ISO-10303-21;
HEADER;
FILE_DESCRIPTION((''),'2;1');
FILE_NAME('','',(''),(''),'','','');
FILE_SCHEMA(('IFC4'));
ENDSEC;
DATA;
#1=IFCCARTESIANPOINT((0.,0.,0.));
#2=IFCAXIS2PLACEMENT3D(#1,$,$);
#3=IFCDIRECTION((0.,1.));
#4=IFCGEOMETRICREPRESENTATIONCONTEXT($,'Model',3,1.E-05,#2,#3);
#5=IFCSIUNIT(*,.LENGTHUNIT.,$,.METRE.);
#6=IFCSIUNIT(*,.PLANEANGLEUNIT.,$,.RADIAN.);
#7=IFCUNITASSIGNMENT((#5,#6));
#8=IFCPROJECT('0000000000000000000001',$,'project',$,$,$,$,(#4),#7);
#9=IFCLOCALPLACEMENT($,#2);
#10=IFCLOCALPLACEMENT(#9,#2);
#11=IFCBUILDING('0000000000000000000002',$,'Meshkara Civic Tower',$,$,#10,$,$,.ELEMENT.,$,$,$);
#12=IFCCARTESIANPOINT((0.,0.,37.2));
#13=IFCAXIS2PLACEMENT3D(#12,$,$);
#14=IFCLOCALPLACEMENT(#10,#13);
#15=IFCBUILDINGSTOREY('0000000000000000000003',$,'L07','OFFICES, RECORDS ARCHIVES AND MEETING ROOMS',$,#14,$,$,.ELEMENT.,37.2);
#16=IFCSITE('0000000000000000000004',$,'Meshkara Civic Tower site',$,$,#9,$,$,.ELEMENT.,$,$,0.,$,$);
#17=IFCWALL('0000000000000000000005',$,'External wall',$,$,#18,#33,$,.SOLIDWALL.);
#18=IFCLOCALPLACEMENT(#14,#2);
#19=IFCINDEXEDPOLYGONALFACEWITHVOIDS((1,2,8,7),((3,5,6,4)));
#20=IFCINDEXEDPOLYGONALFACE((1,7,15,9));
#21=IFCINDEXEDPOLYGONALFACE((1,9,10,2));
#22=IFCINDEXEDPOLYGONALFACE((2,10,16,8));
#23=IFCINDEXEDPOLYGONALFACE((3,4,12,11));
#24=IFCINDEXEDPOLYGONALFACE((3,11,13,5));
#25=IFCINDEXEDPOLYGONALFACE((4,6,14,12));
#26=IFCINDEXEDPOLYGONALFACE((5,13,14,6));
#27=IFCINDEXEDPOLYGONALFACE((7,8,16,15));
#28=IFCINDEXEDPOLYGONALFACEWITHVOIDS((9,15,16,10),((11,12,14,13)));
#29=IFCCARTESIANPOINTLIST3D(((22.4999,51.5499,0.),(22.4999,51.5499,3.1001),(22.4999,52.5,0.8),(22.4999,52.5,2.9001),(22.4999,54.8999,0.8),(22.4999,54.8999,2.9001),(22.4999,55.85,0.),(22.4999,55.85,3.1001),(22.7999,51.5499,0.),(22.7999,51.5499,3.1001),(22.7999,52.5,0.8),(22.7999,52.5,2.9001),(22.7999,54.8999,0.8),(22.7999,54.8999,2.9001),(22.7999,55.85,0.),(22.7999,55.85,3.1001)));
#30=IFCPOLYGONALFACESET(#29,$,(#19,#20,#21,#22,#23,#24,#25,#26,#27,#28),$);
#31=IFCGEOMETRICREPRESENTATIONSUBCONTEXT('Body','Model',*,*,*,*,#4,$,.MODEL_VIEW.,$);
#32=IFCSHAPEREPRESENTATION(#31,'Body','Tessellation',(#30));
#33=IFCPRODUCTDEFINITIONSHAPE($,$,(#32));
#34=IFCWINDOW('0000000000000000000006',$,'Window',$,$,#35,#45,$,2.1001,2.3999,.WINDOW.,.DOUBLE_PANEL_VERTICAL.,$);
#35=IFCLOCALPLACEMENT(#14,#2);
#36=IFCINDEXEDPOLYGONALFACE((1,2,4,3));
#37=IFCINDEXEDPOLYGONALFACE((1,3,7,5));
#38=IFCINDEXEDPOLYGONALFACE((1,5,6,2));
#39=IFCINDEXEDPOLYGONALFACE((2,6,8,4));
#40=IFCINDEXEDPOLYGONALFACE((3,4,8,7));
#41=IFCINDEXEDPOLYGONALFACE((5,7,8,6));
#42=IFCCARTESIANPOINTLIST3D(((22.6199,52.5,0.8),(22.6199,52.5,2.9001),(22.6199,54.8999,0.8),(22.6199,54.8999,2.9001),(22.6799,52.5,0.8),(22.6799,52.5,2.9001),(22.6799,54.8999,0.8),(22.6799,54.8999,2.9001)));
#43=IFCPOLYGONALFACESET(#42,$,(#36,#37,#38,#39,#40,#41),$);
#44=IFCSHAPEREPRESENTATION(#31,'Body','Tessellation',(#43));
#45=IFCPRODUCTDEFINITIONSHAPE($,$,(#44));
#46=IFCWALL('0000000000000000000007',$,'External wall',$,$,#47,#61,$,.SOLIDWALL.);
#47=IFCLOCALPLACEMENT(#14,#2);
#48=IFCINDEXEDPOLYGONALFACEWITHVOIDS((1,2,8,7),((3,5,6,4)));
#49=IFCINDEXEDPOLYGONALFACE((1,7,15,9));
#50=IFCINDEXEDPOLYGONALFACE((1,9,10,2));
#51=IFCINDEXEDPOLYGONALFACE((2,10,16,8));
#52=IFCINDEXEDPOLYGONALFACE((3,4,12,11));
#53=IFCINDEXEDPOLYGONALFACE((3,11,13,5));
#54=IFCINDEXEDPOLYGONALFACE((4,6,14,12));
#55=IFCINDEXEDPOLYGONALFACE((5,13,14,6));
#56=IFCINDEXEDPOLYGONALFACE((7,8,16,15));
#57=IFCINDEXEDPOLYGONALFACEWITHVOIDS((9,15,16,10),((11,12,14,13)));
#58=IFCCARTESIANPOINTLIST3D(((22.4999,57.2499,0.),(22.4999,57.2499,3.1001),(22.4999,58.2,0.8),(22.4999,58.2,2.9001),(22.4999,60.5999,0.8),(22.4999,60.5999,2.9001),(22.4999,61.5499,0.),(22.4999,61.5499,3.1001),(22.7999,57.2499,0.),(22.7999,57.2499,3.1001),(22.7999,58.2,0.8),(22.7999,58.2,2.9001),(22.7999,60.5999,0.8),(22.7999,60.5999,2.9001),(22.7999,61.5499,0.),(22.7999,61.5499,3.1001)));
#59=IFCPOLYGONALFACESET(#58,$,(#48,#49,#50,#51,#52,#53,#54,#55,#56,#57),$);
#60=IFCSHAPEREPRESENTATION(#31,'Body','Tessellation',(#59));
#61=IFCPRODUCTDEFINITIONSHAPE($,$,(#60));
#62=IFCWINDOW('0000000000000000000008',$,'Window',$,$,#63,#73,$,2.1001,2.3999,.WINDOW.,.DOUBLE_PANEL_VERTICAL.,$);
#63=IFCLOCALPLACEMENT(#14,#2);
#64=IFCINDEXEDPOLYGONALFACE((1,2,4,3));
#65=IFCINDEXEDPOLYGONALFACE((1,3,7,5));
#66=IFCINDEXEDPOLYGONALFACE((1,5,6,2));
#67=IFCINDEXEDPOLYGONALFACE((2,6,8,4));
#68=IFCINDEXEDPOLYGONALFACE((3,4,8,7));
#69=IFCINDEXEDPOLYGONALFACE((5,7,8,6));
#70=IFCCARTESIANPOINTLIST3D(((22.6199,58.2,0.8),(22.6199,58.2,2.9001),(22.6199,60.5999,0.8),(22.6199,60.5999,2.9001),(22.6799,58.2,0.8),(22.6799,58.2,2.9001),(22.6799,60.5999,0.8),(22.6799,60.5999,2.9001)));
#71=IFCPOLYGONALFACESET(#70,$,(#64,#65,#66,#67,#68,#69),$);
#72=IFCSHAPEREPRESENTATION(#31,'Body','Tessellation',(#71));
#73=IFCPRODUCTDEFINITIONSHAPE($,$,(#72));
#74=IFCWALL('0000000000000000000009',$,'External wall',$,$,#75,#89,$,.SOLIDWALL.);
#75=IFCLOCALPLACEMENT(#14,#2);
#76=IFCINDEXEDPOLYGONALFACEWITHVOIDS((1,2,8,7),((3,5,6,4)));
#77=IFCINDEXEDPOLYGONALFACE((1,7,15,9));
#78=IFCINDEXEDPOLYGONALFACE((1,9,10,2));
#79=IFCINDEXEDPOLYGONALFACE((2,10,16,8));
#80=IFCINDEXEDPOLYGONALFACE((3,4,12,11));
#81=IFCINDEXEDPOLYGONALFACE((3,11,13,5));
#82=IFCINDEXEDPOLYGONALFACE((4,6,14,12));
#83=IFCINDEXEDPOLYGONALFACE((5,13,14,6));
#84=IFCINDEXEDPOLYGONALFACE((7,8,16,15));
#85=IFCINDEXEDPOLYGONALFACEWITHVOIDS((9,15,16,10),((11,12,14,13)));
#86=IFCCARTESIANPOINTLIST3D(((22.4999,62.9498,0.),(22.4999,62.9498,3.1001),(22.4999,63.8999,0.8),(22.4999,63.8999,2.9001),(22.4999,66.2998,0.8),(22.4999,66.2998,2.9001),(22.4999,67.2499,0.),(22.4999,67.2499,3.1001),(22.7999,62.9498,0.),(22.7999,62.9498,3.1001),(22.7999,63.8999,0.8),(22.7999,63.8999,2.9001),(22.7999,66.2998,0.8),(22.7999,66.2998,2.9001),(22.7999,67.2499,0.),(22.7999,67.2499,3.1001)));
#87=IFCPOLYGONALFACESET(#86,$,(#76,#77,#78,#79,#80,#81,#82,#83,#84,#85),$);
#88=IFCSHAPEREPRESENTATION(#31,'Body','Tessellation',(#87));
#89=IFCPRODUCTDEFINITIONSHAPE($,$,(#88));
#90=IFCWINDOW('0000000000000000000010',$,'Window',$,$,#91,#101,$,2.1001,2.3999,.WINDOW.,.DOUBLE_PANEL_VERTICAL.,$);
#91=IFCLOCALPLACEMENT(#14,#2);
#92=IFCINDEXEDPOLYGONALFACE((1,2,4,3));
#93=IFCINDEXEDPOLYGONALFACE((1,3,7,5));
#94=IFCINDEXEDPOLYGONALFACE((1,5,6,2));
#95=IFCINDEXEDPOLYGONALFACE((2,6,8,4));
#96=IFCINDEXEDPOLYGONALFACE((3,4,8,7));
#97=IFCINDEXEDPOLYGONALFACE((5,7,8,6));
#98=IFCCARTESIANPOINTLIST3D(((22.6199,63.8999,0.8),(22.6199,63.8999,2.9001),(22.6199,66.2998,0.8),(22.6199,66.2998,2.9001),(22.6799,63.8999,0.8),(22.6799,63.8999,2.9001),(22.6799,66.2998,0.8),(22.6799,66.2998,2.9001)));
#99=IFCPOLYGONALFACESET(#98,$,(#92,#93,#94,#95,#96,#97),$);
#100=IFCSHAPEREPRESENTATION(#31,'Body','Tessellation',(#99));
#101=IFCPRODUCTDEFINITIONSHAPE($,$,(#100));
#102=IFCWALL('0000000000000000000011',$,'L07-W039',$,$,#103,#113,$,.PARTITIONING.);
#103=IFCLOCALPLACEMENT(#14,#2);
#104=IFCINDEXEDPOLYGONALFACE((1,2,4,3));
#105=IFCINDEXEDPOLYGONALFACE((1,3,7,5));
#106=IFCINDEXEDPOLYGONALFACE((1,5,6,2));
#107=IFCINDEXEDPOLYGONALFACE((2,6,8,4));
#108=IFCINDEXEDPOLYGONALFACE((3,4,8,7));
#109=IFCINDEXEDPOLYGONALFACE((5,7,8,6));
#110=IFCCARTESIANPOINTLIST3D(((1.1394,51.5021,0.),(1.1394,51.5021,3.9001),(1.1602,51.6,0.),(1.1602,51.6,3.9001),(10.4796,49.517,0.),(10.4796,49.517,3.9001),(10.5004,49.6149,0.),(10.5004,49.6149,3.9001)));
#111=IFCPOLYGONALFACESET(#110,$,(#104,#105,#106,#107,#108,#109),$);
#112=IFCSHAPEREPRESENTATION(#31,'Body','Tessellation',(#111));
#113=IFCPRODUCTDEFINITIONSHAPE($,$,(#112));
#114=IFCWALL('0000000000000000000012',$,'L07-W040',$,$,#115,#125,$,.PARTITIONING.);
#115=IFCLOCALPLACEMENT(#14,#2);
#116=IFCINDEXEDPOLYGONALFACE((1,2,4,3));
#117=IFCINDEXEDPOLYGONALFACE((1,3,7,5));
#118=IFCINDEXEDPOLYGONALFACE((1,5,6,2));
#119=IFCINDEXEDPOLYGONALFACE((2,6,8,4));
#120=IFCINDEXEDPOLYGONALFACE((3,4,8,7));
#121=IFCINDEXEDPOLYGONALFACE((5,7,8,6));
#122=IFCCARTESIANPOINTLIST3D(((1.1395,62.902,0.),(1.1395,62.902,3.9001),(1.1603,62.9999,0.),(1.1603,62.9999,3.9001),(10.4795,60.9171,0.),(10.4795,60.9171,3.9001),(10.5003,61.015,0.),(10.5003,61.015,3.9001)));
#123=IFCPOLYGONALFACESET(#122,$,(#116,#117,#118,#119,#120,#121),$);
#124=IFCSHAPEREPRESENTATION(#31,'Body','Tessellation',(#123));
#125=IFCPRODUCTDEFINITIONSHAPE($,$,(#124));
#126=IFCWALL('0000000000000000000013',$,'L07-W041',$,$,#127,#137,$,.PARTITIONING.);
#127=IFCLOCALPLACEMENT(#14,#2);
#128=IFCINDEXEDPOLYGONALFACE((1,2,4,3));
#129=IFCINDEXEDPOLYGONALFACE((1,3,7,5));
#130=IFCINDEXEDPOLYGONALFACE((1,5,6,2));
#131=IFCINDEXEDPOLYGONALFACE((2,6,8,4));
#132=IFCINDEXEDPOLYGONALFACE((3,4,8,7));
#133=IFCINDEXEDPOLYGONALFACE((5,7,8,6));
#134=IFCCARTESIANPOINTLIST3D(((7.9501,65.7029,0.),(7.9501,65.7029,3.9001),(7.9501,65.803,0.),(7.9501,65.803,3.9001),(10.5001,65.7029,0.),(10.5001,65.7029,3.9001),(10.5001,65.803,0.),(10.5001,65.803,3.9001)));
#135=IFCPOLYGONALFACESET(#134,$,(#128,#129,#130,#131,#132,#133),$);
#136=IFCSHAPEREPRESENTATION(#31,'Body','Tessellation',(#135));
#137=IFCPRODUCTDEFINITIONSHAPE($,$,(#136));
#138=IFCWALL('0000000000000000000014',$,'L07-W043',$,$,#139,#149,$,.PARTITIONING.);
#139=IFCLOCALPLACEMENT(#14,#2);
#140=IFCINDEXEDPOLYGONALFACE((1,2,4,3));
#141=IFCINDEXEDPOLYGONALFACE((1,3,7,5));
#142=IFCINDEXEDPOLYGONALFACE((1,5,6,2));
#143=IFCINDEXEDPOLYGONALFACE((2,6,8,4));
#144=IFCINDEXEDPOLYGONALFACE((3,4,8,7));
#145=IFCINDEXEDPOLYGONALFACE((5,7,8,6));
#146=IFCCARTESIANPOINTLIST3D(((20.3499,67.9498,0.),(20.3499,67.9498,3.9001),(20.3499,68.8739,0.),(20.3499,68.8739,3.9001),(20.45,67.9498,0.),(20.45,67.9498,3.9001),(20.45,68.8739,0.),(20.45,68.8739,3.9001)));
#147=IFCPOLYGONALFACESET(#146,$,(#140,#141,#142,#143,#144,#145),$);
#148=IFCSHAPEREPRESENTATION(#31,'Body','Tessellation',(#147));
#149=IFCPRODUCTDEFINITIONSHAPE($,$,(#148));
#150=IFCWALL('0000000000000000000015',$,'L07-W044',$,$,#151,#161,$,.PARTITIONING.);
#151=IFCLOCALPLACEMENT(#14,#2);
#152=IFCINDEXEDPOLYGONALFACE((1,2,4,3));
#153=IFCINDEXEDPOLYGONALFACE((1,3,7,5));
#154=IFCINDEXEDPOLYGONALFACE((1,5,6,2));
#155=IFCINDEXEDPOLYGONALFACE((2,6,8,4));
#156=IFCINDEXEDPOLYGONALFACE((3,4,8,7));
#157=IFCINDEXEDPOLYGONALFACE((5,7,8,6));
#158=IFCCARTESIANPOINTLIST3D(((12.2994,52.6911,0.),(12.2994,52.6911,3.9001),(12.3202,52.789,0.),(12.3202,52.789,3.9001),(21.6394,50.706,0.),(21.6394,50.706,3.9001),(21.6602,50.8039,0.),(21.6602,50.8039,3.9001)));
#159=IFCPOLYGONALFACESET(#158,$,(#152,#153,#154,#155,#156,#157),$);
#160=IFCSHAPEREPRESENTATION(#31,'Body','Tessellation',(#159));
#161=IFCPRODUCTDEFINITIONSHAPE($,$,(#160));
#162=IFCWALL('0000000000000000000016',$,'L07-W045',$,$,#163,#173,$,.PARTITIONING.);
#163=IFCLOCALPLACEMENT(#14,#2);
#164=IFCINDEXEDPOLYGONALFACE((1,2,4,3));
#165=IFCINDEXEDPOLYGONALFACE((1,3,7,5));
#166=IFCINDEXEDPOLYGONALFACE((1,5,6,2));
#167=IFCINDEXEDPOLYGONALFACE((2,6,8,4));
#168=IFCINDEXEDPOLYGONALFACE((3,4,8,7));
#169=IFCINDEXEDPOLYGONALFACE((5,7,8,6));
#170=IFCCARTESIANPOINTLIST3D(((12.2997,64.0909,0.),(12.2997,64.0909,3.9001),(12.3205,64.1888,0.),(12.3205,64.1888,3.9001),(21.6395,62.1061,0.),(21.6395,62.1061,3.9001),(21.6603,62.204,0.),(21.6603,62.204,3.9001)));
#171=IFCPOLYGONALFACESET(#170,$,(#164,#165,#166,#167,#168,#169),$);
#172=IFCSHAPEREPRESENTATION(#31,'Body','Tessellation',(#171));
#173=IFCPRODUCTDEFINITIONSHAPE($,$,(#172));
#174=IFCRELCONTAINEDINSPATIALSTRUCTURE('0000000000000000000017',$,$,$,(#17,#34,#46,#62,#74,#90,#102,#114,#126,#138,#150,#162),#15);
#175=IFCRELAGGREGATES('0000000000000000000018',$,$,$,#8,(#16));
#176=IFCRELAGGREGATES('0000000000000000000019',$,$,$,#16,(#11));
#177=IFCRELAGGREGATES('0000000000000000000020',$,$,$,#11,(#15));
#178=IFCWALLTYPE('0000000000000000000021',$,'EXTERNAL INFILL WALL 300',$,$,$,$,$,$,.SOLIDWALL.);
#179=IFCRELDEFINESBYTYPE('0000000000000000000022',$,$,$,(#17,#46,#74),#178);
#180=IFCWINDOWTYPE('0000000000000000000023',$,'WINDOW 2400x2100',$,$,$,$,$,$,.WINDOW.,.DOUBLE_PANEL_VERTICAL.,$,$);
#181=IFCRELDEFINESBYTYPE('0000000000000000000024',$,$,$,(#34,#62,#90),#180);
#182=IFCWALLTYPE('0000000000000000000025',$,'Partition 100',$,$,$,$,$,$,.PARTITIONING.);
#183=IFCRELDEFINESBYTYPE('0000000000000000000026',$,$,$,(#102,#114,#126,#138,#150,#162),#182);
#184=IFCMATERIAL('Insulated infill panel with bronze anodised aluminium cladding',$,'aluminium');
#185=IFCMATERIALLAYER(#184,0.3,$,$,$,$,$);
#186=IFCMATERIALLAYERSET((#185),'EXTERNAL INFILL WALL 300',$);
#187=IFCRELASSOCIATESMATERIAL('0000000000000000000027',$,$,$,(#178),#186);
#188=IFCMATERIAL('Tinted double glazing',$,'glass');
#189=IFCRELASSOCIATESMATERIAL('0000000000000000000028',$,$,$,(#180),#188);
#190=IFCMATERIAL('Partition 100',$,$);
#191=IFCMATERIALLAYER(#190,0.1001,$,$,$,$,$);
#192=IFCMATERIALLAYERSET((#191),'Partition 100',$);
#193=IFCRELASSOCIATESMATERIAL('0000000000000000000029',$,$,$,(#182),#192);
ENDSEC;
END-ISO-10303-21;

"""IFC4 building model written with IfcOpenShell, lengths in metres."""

from ifc_helpers import new_model, si_unit, direction, frame, frame_2d, origin, place, context, subcontext, project, spatial, rectangle, extrude, material, layer, layer_set, type_object, element, fill, save


model = new_model("IFC4")

# Units and contexts
model_context = context("Model", 3, precision=1e-05, world=origin(), true_north=direction((0.0, 1.0)))
body_context = subcontext(model_context, "Body", "Model", "MODEL_VIEW")
ifc_project = project(units=[si_unit("LENGTHUNIT", "METRE"), si_unit("PLANEANGLEUNIT", "RADIAN")], contexts=[model_context])

# Site, building, storey
site_placement = place(None, origin())
site = spatial("IfcSite", under=ifc_project, at=site_placement, Name="Meshkara Civic Tower site", CompositionType="ELEMENT", RefElevation=0.0)
building_placement = place(site_placement, origin())
building = spatial("IfcBuilding", under=site, at=building_placement, Name="Meshkara Civic Tower", CompositionType="ELEMENT")
storey_placement = place(building_placement, frame((0.0, 0.0, 37.2)))
storey = spatial("IfcBuildingStorey", under=building, at=storey_placement, Name="L07", Description="OFFICES, RECORDS ARCHIVES AND MEETING ROOMS", CompositionType="ELEMENT", Elevation=37.2)

# Walls, openings, windows
ifc_material_1 = material(Name="Insulated infill panel with bronze anodised aluminium cladding", Category="aluminium")
ifc_layer_1 = layer(ifc_material_1, 0.3)
ifc_layer_set_1 = layer_set([ifc_layer_1], Name="EXTERNAL INFILL WALL 300")
wall_type_1 = type_object("IfcWallType", Name="EXTERNAL INFILL WALL 300", PredefinedType="SOLIDWALL", material=ifc_layer_set_1)
ifc_material_2 = material(Name="Tinted double glazing", Category="glass")
window_type = type_object("IfcWindowType", Name="WINDOW 2400x2100", PartitioningType="DOUBLE_PANEL_VERTICAL", PredefinedType="WINDOW", material=ifc_material_2)
wall_1_placement = place(storey_placement, frame((22.6499, 51.55, 0.0), z_axis=(0.0, 0.0, 1.0), x_axis=(0.0, 1.0, 0.0)))
wall_1 = element("IfcWall", 1, at=wall_1_placement, inside=storey, type_object=wall_type_1, Name="External wall", PredefinedType="SOLIDWALL", context=body_context, shape_type="SweptSolid", body=[
    extrude(rectangle(XDim=4.3, YDim=0.3, at=frame_2d((2.1499, 0.0))), origin(), (0.0, 0.0, 1.0), 3.1001),
])
opening_1_placement = place(wall_1_placement, frame((0.95, 0.0, 0.8)))
opening_1 = element("IfcOpeningElement", 2, at=opening_1_placement, cuts=wall_1, PredefinedType="OPENING", context=body_context, shape_type="SweptSolid", body=[
    extrude(rectangle(XDim=2.3999, YDim=2.1001, at=frame_2d((1.2, 1.05))), frame((0.0, 0.1599, 0.0), z_axis=(0.0, -1.0, 0.0), x_axis=(1.0, 0.0, 0.0)), (0.0, 0.0, 1.0), 0.3201),
])
window_1_placement = place(opening_1_placement, origin())
window_1 = element("IfcWindow", 3, at=window_1_placement, inside=storey, type_object=window_type, Name="Window", OverallHeight=2.1001, OverallWidth=2.3999, PartitioningType="DOUBLE_PANEL_VERTICAL", PredefinedType="WINDOW", context=body_context, shape_type="SweptSolid", body=[
    extrude(rectangle(XDim=2.3999, YDim=2.1001, at=frame_2d((1.2, 1.05))), frame((0.0, 0.03, 0.0), z_axis=(0.0, -1.0, 0.0), x_axis=(1.0, 0.0, 0.0)), (0.0, 0.0, 1.0), 0.0601),
])
fill(opening_1, window_1)
wall_2_placement = place(storey_placement, frame((22.6499, 57.25, 0.0), z_axis=(0.0, 0.0, 1.0), x_axis=(0.0, 1.0, 0.0)))
wall_2 = element("IfcWall", 4, at=wall_2_placement, inside=storey, type_object=wall_type_1, Name="External wall", PredefinedType="SOLIDWALL", context=body_context, shape_type="SweptSolid", body=[
    extrude(rectangle(XDim=4.3, YDim=0.3, at=frame_2d((2.1499, 0.0))), origin(), (0.0, 0.0, 1.0), 3.1001),
])
opening_2_placement = place(wall_2_placement, frame((0.95, 0.0, 0.8)))
opening_2 = element("IfcOpeningElement", 5, at=opening_2_placement, cuts=wall_2, PredefinedType="OPENING", context=body_context, shape_type="SweptSolid", body=[
    extrude(rectangle(XDim=2.3999, YDim=2.1001, at=frame_2d((1.2, 1.05))), frame((0.0, 0.1599, 0.0), z_axis=(0.0, -1.0, 0.0), x_axis=(1.0, 0.0, 0.0)), (0.0, 0.0, 1.0), 0.3201),
])
window_2_placement = place(opening_2_placement, origin())
window_2 = element("IfcWindow", 6, at=window_2_placement, inside=storey, type_object=window_type, Name="Window", OverallHeight=2.1001, OverallWidth=2.3999, PartitioningType="DOUBLE_PANEL_VERTICAL", PredefinedType="WINDOW", context=body_context, shape_type="SweptSolid", body=[
    extrude(rectangle(XDim=2.3999, YDim=2.1001, at=frame_2d((1.2, 1.05))), frame((0.0, 0.03, 0.0), z_axis=(0.0, -1.0, 0.0), x_axis=(1.0, 0.0, 0.0)), (0.0, 0.0, 1.0), 0.0601),
])
fill(opening_2, window_2)
wall_3_placement = place(storey_placement, frame((22.6499, 62.95, 0.0), z_axis=(0.0, 0.0, 1.0), x_axis=(0.0, 1.0, 0.0)))
wall_3 = element("IfcWall", 7, at=wall_3_placement, inside=storey, type_object=wall_type_1, Name="External wall", PredefinedType="SOLIDWALL", context=body_context, shape_type="SweptSolid", body=[
    extrude(rectangle(XDim=4.3, YDim=0.3, at=frame_2d((2.1499, 0.0))), origin(), (0.0, 0.0, 1.0), 3.1001),
])
opening_3_placement = place(wall_3_placement, frame((0.95, 0.0, 0.8)))
opening_3 = element("IfcOpeningElement", 8, at=opening_3_placement, cuts=wall_3, PredefinedType="OPENING", context=body_context, shape_type="SweptSolid", body=[
    extrude(rectangle(XDim=2.3999, YDim=2.1001, at=frame_2d((1.2, 1.05))), frame((0.0, 0.1599, 0.0), z_axis=(0.0, -1.0, 0.0), x_axis=(1.0, 0.0, 0.0)), (0.0, 0.0, 1.0), 0.3201),
])
window_3_placement = place(opening_3_placement, origin())
window_3 = element("IfcWindow", 9, at=window_3_placement, inside=storey, type_object=window_type, Name="Window", OverallHeight=2.1001, OverallWidth=2.3999, PartitioningType="DOUBLE_PANEL_VERTICAL", PredefinedType="WINDOW", context=body_context, shape_type="SweptSolid", body=[
    extrude(rectangle(XDim=2.3999, YDim=2.1001, at=frame_2d((1.2, 1.05))), frame((0.0, 0.03, 0.0), z_axis=(0.0, -1.0, 0.0), x_axis=(1.0, 0.0, 0.0)), (0.0, 0.0, 1.0), 0.0601),
])
fill(opening_3, window_3)

# Walls
ifc_material_3 = material(Name="Partition 100")
ifc_layer_2 = layer(ifc_material_3, 0.1001)
ifc_layer_set_2 = layer_set([ifc_layer_2], Name="Partition 100")
wall_type_2 = type_object("IfcWallType", Name="Partition 100", PredefinedType="PARTITIONING", material=ifc_layer_set_2)
wall_4_placement = place(storey_placement, frame((10.49, 49.5659, 0.0), z_axis=(0.0, 0.0, 1.0), x_axis=(-0.978152, 0.207893, 0.0)))
element("IfcWall", 10, at=wall_4_placement, inside=storey, type_object=wall_type_2, Name="L07-W039", PredefinedType="PARTITIONING", context=body_context, shape_type="SweptSolid", body=[
    extrude(rectangle(XDim=9.5488, YDim=0.1001, at=frame_2d((4.7744, 0.0))), origin(), (0.0, 0.0, 1.0), 3.9001),
])
wall_5_placement = place(storey_placement, frame((10.49, 60.9661, 0.0), z_axis=(0.0, 0.0, 1.0), x_axis=(-0.978157, 0.207868, 0.0)))
element("IfcWall", 11, at=wall_5_placement, inside=storey, type_object=wall_type_2, Name="L07-W040", PredefinedType="PARTITIONING", context=body_context, shape_type="SweptSolid", body=[
    extrude(rectangle(XDim=9.5486, YDim=0.1001, at=frame_2d((4.7744, 0.0))), origin(), (0.0, 0.0, 1.0), 3.9001),
])
wall_6_placement = place(storey_placement, frame((10.5, 65.7529, 0.0), z_axis=(0.0, 0.0, 1.0), x_axis=(-1.0, 0.0, 0.0)))
element("IfcWall", 12, at=wall_6_placement, inside=storey, type_object=wall_type_2, Name="L07-W041", PredefinedType="PARTITIONING", context=body_context, shape_type="SweptSolid", body=[
    extrude(rectangle(XDim=2.55, YDim=0.1001, at=frame_2d((1.2749, 0.0))), origin(), (0.0, 0.0, 1.0), 3.9001),
])
wall_7_placement = place(storey_placement, frame((20.3999, 67.95, 0.0), z_axis=(0.0, 0.0, 1.0), x_axis=(0.0, 1.0, 0.0)))
element("IfcWall", 13, at=wall_7_placement, inside=storey, type_object=wall_type_2, Name="L07-W043", PredefinedType="PARTITIONING", context=body_context, shape_type="SweptSolid", body=[
    extrude(rectangle(XDim=0.9241, YDim=0.1001, at=frame_2d((0.4619, 0.0))), origin(), (0.0, 0.0, 1.0), 3.9001),
])
wall_8_placement = place(storey_placement, frame((21.6499, 50.7549, 0.0), z_axis=(0.0, 0.0, 1.0), x_axis=(-0.978151, 0.207898, 0.0)))
element("IfcWall", 14, at=wall_8_placement, inside=storey, type_object=wall_type_2, Name="L07-W044", PredefinedType="PARTITIONING", context=body_context, shape_type="SweptSolid", body=[
    extrude(rectangle(XDim=9.5486, YDim=0.1001, at=frame_2d((4.7744, 0.0))), origin(), (0.0, 0.0, 1.0), 3.9001),
])
wall_9_placement = place(storey_placement, frame((21.6499, 62.155, 0.0), z_axis=(0.0, 0.0, 1.0), x_axis=(-0.978156, 0.207873, 0.0)))
element("IfcWall", 15, at=wall_9_placement, inside=storey, type_object=wall_type_2, Name="L07-W045", PredefinedType="PARTITIONING", context=body_context, shape_type="SweptSolid", body=[
    extrude(rectangle(XDim=9.5483, YDim=0.1001, at=frame_2d((4.7742, 0.0))), origin(), (0.0, 0.0, 1.0), 3.9001),
])

save(model, "model.ifc")
